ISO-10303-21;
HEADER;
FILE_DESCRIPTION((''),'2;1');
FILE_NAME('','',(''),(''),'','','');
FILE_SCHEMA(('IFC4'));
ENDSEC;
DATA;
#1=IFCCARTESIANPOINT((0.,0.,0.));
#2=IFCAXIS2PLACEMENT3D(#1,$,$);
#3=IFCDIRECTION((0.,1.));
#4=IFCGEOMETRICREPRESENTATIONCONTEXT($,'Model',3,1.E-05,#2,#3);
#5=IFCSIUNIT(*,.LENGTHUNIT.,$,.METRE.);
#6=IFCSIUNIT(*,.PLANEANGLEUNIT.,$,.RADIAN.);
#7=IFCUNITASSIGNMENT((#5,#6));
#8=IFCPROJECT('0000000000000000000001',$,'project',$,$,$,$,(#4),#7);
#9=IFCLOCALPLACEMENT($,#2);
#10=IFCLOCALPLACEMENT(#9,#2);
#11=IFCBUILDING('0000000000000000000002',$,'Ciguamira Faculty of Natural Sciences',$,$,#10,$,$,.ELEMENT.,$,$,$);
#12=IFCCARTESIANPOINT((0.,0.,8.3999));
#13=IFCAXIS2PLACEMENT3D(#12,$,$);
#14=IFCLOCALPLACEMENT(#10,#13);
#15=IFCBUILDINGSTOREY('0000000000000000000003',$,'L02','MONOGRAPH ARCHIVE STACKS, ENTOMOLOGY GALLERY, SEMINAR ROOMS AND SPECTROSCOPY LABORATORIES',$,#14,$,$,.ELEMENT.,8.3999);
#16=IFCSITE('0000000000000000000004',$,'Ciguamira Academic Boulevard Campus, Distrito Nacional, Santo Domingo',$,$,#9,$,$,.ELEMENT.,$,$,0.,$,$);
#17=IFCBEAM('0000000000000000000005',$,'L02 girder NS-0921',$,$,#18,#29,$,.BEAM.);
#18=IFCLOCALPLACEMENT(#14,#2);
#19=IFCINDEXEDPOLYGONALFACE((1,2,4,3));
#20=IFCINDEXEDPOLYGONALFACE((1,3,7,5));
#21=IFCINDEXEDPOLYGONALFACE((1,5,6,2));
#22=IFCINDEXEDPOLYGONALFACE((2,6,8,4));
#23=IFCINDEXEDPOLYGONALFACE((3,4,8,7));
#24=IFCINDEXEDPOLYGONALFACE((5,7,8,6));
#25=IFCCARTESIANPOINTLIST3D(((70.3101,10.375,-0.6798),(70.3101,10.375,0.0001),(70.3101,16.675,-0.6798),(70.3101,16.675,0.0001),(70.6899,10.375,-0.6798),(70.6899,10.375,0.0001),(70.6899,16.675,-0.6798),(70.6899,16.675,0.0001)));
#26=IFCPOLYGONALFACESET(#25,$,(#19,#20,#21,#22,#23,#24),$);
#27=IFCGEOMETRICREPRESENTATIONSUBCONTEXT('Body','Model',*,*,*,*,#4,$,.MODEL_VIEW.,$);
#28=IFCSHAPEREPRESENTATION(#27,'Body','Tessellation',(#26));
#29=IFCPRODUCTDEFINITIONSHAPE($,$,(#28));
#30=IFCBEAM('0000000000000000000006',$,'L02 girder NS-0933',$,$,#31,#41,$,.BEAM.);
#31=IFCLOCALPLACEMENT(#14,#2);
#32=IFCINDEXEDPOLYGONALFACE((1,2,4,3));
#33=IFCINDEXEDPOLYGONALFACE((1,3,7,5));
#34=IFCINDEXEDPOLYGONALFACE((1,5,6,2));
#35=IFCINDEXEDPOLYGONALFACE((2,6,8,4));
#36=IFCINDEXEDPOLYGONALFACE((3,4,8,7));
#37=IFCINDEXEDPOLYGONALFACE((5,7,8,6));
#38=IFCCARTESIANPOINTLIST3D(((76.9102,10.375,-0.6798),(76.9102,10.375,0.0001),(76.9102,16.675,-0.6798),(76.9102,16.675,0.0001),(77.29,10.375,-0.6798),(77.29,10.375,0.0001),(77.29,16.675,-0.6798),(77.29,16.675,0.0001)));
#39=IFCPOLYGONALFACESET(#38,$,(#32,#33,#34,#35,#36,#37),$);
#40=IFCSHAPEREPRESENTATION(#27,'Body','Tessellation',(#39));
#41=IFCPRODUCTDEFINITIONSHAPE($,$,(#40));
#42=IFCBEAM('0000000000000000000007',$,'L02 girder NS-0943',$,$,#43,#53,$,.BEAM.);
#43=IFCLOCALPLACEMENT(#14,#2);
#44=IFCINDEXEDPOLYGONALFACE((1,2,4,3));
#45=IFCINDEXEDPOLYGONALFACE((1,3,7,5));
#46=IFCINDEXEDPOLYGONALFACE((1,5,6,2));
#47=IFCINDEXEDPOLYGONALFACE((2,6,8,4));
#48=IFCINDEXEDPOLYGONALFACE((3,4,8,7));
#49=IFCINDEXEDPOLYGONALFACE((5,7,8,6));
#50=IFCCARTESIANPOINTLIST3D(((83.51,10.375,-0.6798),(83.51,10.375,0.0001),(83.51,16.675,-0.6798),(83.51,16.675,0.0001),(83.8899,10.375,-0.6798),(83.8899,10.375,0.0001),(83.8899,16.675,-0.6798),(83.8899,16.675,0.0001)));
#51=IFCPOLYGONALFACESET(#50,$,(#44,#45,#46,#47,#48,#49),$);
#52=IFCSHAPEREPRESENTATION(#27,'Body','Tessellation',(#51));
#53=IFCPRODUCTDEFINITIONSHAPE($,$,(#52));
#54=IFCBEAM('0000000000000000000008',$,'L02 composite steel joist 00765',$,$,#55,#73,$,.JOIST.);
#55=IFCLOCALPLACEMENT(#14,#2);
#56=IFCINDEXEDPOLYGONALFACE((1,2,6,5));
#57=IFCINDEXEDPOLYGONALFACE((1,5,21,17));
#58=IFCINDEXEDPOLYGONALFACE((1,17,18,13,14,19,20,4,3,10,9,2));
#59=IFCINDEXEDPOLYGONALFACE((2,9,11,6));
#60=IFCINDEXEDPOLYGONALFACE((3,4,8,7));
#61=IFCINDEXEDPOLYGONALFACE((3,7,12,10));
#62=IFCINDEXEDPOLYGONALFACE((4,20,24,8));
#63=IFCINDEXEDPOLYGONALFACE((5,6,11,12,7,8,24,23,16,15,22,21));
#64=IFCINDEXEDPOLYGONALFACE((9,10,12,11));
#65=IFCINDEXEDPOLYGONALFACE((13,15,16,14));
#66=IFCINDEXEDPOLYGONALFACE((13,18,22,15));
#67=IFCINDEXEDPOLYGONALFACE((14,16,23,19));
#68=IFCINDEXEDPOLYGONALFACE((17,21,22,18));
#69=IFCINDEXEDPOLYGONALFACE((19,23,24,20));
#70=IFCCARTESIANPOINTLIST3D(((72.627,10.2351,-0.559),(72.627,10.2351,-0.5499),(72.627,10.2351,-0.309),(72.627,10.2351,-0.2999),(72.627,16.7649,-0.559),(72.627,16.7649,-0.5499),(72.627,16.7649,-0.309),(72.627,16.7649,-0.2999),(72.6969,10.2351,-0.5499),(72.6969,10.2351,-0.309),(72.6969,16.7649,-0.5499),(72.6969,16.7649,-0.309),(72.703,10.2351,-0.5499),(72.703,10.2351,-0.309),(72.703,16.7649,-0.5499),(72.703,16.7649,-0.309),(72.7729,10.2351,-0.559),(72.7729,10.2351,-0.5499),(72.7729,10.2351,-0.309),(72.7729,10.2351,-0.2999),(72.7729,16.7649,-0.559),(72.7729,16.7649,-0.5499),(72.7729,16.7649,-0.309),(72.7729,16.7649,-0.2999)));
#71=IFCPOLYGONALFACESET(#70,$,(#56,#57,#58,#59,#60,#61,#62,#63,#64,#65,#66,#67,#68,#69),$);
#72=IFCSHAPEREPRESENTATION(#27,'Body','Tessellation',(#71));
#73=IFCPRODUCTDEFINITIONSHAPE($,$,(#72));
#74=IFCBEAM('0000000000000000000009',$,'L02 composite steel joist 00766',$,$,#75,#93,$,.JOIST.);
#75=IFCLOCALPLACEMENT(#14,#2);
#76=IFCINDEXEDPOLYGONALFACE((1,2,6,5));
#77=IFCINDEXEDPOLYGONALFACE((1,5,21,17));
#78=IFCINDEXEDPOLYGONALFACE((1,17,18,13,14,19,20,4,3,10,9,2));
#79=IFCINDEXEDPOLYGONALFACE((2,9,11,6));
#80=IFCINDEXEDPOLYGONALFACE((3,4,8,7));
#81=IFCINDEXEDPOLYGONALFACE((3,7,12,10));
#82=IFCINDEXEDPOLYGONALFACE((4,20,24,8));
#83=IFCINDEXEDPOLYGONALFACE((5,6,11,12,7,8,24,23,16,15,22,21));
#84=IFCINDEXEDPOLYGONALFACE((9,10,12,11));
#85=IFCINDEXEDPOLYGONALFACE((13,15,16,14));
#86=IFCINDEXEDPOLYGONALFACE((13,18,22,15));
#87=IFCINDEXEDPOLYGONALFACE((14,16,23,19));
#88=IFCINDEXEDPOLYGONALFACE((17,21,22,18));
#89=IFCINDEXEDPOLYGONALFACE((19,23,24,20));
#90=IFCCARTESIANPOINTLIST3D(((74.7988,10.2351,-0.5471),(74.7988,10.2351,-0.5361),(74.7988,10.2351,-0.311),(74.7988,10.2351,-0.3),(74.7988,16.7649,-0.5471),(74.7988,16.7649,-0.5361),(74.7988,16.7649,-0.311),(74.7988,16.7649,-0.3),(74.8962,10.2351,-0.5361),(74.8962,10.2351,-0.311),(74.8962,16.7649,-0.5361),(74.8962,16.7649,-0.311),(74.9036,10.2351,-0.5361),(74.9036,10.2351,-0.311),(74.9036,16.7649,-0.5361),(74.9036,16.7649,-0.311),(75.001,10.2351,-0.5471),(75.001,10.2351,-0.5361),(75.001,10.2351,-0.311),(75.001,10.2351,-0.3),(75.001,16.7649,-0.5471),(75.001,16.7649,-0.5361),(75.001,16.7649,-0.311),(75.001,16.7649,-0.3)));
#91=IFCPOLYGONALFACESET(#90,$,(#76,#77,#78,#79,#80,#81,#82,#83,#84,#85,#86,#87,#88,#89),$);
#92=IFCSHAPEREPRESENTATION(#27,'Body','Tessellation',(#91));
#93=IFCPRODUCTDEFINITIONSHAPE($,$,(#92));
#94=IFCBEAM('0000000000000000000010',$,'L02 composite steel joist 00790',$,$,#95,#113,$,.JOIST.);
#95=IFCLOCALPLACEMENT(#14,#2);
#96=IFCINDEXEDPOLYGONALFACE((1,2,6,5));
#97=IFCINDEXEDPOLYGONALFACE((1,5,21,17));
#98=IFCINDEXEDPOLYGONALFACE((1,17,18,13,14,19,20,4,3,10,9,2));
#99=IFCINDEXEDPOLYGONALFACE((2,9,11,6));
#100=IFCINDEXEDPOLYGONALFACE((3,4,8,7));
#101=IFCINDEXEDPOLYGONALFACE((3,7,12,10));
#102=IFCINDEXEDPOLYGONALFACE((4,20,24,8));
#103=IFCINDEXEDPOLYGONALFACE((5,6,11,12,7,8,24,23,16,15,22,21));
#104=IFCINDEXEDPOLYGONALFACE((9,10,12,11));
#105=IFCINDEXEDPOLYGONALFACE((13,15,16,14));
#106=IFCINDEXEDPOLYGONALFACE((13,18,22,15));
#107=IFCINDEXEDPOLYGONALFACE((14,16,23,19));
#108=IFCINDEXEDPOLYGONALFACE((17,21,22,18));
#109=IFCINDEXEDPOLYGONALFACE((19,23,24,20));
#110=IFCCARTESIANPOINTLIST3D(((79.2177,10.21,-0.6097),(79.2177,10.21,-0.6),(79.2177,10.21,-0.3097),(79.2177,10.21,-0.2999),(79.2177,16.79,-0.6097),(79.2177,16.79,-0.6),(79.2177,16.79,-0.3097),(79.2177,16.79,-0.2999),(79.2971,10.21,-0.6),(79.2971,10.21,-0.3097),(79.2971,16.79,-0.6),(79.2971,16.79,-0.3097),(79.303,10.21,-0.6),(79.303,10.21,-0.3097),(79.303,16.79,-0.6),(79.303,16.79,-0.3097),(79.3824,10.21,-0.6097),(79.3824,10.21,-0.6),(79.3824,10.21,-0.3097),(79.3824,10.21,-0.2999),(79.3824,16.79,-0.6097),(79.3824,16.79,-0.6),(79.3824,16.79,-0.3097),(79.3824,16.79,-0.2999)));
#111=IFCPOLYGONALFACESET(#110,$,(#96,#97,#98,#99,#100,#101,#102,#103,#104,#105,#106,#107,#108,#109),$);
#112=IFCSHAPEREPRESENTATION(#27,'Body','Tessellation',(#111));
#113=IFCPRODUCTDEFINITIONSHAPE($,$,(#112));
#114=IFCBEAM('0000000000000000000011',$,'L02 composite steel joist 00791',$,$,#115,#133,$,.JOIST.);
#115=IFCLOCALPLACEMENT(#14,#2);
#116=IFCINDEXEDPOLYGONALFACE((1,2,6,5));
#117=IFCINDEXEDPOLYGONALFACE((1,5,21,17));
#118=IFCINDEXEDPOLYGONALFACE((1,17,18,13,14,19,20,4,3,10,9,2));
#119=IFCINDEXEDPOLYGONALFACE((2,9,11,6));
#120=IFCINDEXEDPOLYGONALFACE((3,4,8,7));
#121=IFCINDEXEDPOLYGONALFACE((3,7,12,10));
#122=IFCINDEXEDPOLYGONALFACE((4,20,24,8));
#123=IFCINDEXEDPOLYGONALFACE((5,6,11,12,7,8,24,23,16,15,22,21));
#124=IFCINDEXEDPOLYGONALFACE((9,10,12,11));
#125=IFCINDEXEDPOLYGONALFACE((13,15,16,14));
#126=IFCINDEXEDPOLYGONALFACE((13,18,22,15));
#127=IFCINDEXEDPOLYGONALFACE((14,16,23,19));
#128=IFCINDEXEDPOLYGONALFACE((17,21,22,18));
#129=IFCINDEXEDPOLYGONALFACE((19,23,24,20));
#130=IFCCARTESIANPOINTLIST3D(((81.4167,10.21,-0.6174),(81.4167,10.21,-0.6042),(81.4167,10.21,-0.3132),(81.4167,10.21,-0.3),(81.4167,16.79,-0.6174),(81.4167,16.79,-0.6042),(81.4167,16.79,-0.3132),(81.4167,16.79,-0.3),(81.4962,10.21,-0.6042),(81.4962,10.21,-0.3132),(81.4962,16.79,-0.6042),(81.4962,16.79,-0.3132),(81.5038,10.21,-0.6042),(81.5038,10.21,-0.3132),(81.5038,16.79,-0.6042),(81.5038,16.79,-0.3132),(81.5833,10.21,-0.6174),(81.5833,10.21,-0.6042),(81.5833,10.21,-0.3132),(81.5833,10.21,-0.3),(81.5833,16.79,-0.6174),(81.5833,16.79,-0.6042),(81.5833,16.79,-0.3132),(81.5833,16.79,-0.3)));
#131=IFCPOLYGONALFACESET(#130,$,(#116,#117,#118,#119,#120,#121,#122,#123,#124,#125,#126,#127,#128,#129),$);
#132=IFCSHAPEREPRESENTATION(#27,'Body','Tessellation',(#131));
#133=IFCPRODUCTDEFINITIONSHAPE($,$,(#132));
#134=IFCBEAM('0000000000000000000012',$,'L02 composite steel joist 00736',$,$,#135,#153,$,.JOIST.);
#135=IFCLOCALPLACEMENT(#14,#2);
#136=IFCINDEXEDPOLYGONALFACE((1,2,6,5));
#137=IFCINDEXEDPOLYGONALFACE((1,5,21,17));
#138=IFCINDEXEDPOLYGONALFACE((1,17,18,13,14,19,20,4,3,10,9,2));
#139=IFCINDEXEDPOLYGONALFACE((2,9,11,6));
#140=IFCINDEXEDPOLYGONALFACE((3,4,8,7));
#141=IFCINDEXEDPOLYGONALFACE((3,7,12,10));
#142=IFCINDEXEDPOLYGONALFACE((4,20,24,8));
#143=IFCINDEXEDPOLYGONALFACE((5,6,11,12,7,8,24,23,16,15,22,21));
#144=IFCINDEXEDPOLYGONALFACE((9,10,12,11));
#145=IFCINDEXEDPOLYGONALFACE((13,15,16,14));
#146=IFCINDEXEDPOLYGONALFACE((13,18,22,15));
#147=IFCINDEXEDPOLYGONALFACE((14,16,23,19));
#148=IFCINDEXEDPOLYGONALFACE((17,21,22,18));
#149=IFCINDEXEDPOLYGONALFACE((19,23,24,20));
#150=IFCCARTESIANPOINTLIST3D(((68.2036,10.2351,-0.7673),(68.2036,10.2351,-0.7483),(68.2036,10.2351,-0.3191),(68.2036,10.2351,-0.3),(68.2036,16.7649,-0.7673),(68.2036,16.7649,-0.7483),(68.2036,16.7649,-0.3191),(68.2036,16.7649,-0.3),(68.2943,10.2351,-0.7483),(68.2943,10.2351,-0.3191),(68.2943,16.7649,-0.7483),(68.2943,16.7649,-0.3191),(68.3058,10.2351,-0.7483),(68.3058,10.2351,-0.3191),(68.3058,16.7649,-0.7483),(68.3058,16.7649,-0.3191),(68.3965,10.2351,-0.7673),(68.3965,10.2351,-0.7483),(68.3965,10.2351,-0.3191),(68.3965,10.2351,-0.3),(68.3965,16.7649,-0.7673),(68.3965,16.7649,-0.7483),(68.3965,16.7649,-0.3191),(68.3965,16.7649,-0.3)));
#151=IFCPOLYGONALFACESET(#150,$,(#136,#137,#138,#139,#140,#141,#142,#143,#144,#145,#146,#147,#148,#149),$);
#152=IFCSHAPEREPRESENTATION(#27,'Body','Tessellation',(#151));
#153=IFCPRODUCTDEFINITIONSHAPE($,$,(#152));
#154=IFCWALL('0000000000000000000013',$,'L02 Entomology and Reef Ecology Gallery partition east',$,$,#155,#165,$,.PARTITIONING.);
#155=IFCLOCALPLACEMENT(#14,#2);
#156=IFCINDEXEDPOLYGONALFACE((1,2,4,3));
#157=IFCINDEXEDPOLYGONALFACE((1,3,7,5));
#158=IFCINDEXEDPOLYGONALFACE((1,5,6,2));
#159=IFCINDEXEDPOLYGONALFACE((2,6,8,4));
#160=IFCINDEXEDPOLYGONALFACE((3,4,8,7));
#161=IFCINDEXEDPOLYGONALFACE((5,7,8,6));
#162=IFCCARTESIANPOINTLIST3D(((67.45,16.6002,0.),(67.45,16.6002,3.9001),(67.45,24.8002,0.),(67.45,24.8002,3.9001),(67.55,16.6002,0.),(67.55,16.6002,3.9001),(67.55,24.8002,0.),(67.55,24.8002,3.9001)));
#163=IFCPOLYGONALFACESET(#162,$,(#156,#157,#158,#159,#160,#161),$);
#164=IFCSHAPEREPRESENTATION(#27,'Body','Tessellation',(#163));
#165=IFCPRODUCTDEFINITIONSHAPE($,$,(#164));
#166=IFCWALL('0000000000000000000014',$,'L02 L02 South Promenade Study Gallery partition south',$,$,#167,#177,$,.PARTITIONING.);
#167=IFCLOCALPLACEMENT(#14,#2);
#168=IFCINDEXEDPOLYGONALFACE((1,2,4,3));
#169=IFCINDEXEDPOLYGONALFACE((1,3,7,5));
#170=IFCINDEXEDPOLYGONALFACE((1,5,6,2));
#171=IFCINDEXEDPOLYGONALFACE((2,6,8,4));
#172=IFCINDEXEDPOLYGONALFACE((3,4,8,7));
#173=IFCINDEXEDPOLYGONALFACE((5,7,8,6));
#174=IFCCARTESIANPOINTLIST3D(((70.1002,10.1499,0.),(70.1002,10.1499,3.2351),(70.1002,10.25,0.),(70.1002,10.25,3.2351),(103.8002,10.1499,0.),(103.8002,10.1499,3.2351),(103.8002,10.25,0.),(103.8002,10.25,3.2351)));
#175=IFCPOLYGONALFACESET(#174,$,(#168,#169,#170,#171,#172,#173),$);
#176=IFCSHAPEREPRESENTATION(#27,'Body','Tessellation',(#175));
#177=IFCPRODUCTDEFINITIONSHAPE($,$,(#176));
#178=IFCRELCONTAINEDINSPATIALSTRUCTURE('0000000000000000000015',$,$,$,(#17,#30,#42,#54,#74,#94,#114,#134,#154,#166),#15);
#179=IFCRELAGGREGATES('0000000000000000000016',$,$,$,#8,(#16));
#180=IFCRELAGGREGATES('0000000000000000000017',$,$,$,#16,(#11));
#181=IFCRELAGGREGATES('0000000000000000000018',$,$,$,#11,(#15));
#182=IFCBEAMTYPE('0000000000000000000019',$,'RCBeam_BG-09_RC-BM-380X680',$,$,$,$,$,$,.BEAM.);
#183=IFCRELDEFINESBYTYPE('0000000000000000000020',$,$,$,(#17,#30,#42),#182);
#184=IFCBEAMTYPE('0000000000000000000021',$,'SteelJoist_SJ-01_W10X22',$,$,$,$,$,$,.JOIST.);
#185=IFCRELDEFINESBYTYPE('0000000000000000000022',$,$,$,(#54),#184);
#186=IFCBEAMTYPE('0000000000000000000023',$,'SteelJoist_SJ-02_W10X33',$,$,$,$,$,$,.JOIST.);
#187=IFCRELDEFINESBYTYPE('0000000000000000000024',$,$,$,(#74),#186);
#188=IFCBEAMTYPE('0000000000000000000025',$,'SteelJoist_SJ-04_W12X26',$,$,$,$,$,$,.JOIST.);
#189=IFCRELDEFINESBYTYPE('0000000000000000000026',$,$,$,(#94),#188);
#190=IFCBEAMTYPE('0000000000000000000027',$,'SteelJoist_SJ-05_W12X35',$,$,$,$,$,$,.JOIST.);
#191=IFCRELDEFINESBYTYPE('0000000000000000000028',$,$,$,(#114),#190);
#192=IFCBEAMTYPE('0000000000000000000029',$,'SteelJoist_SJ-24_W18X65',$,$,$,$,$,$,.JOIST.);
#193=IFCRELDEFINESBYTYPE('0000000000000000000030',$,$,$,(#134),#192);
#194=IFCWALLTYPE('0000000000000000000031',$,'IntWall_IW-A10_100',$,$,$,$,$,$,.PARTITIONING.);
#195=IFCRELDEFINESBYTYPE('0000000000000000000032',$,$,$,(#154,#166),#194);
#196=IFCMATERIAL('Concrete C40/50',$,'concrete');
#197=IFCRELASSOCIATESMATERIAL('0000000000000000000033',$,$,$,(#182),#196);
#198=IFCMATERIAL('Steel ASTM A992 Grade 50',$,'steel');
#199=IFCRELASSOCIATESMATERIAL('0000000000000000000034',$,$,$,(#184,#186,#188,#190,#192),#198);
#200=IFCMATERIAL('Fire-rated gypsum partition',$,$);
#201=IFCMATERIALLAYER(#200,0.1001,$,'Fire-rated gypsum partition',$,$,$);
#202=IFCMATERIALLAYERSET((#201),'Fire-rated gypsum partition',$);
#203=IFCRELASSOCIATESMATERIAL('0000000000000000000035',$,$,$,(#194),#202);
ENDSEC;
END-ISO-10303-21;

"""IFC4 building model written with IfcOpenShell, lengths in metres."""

from ifc_helpers import new_model, si_unit, direction, frame, frame_2d, origin, origin_2d, place, context, subcontext, project, spatial, rectangle, i_section, extrude, material, layer, layer_set, material_profile, profile_set, type_object, element, save


model = new_model("IFC4")

# Units and contexts
model_context = context("Model", 3, precision=1e-05, world=origin(), true_north=direction((0.0, 1.0)))
body_context = subcontext(model_context, "Body", "Model", "MODEL_VIEW")
ifc_project = project(units=[si_unit("LENGTHUNIT", "METRE"), si_unit("PLANEANGLEUNIT", "RADIAN")], contexts=[model_context])

# Site, building, storey
site_placement = place(None, origin())
site = spatial("IfcSite", under=ifc_project, at=site_placement, Name="Ciguamira Academic Boulevard Campus, Distrito Nacional, Santo Domingo", CompositionType="ELEMENT", RefElevation=0.0)
building_placement = place(site_placement, origin())
building = spatial("IfcBuilding", under=site, at=building_placement, Name="Ciguamira Faculty of Natural Sciences", CompositionType="ELEMENT")
storey_placement = place(building_placement, frame((0.0, 0.0, 8.3999)))
storey = spatial("IfcBuildingStorey", under=building, at=storey_placement, Name="L02", Description="MONOGRAPH ARCHIVE STACKS, ENTOMOLOGY GALLERY, SEMINAR ROOMS AND SPECTROSCOPY LABORATORIES", CompositionType="ELEMENT", Elevation=8.3999)

# Shared definitions
ifc_material_1 = material(Name="Concrete C40/50", Category="concrete")

# Beams
ifc_material_profile_1 = material_profile(ifc_material_1, rectangle(XDim=0.3799, YDim=0.6799, at=origin_2d()), Name="RC-BM-380X680")
ifc_profile_set_1 = profile_set([ifc_material_profile_1], Name="Concrete C40/50")
beam_type_1 = type_object("IfcBeamType", Name="RCBeam_BG-09_RC-BM-380X680", PredefinedType="BEAM", material=ifc_profile_set_1)
for number, where, z_axis, x_axis, name in (
    (1, (70.5, 10.375, -0.3398), (0.0, 1.0, 0.0), (-1.0, 0.0, 0.0), "L02 girder NS-0921"),
    (2, (77.1001, 10.375, -0.3398), (0.0, 1.0, 0.0), (-1.0, 0.0, 0.0), "L02 girder NS-0933"),
    (3, (83.7, 10.375, -0.3398), (0.0, 1.0, 0.0), (-1.0, 0.0, 0.0), "L02 girder NS-0943"),
):
    element("IfcBeam", number, at=place(storey_placement, frame(where, z_axis=z_axis, x_axis=x_axis)), inside=storey, type_object=beam_type_1, Name=name, PredefinedType="BEAM", context=body_context, shape_type="SweptSolid", body=[
        extrude(rectangle(XDim=0.3799, YDim=0.6799, at=origin_2d()), origin(), (0.0, 0.0, 1.0), 6.3),
    ])
ifc_material_2 = material(Name="Steel ASTM A992 Grade 50", Category="steel")
ifc_material_profile_2 = material_profile(ifc_material_2, i_section(OverallWidth=0.146, OverallDepth=0.259, WebThickness=0.0061, FlangeThickness=0.009, at=origin_2d()), Name="W10X22")
ifc_profile_set_2 = profile_set([ifc_material_profile_2], Name="Steel ASTM A992 Grade 50")
beam_type_2 = type_object("IfcBeamType", Name="SteelJoist_SJ-01_W10X22", PredefinedType="JOIST", material=ifc_profile_set_2)
beam_1_placement = place(storey_placement, frame((72.7, 10.2351, -0.4294), z_axis=(0.0, 1.0, 0.0), x_axis=(-1.0, 0.0, 0.0)))
element("IfcBeam", 4, at=beam_1_placement, inside=storey, type_object=beam_type_2, Name="L02 composite steel joist 00765", PredefinedType="JOIST", context=body_context, shape_type="SweptSolid", body=[
    extrude(i_section(OverallWidth=0.146, OverallDepth=0.259, WebThickness=0.0061, FlangeThickness=0.009, at=origin_2d()), origin(), (0.0, 0.0, 1.0), 6.5298),
])
ifc_material_profile_3 = material_profile(ifc_material_2, i_section(OverallWidth=0.2021, OverallDepth=0.2471, WebThickness=0.0073, FlangeThickness=0.011, at=origin_2d()), Name="W10X33")
ifc_profile_set_3 = profile_set([ifc_material_profile_3], Name="Steel ASTM A992 Grade 50")
beam_type_3 = type_object("IfcBeamType", Name="SteelJoist_SJ-02_W10X33", PredefinedType="JOIST", material=ifc_profile_set_3)
beam_2_placement = place(storey_placement, frame((74.8999, 10.2351, -0.4236), z_axis=(0.0, 1.0, 0.0), x_axis=(-1.0, 0.0, 0.0)))
element("IfcBeam", 5, at=beam_2_placement, inside=storey, type_object=beam_type_3, Name="L02 composite steel joist 00766", PredefinedType="JOIST", context=body_context, shape_type="SweptSolid", body=[
    extrude(i_section(OverallWidth=0.2021, OverallDepth=0.2471, WebThickness=0.0073, FlangeThickness=0.011, at=origin_2d()), origin(), (0.0, 0.0, 1.0), 6.5298),
])
ifc_material_profile_4 = material_profile(ifc_material_2, i_section(OverallWidth=0.1648, OverallDepth=0.3098, WebThickness=0.0059, FlangeThickness=0.0098, at=origin_2d()), Name="W12X26")
ifc_profile_set_4 = profile_set([ifc_material_profile_4], Name="Steel ASTM A992 Grade 50")
beam_type_4 = type_object("IfcBeamType", Name="SteelJoist_SJ-04_W12X26", PredefinedType="JOIST", material=ifc_profile_set_4)
beam_3_placement = place(storey_placement, frame((79.3, 10.21, -0.4548), z_axis=(0.0, 1.0, 0.0), x_axis=(-1.0, 0.0, 0.0)))
element("IfcBeam", 6, at=beam_3_placement, inside=storey, type_object=beam_type_4, Name="L02 composite steel joist 00790", PredefinedType="JOIST", context=body_context, shape_type="SweptSolid", body=[
    extrude(i_section(OverallWidth=0.1648, OverallDepth=0.3098, WebThickness=0.0059, FlangeThickness=0.0098, at=origin_2d()), origin(), (0.0, 0.0, 1.0), 6.5801),
])
ifc_material_profile_5 = material_profile(ifc_material_2, i_section(OverallWidth=0.1665, OverallDepth=0.3174, WebThickness=0.0076, FlangeThickness=0.0132, at=origin_2d()), Name="W12X35")
ifc_profile_set_5 = profile_set([ifc_material_profile_5], Name="Steel ASTM A992 Grade 50")
beam_type_5 = type_object("IfcBeamType", Name="SteelJoist_SJ-05_W12X35", PredefinedType="JOIST", material=ifc_profile_set_5)
beam_4_placement = place(storey_placement, frame((81.5, 10.21, -0.4587), z_axis=(0.0, 1.0, 0.0), x_axis=(-1.0, 0.0, 0.0)))
element("IfcBeam", 7, at=beam_4_placement, inside=storey, type_object=beam_type_5, Name="L02 composite steel joist 00791", PredefinedType="JOIST", context=body_context, shape_type="SweptSolid", body=[
    extrude(i_section(OverallWidth=0.1665, OverallDepth=0.3174, WebThickness=0.0076, FlangeThickness=0.0132, at=origin_2d()), origin(), (0.0, 0.0, 1.0), 6.5801),
])
ifc_material_profile_6 = material_profile(ifc_material_2, i_section(OverallWidth=0.1929, OverallDepth=0.4673, WebThickness=0.0115, FlangeThickness=0.019, at=origin_2d()), Name="W18X65")
ifc_profile_set_6 = profile_set([ifc_material_profile_6], Name="Steel ASTM A992 Grade 50")
beam_type_6 = type_object("IfcBeamType", Name="SteelJoist_SJ-24_W18X65", PredefinedType="JOIST", material=ifc_profile_set_6)
beam_5_placement = place(storey_placement, frame((68.3, 10.2351, -0.5337), z_axis=(0.0, 1.0, 0.0), x_axis=(-1.0, 0.0, 0.0)))
element("IfcBeam", 8, at=beam_5_placement, inside=storey, type_object=beam_type_6, Name="L02 composite steel joist 00736", PredefinedType="JOIST", context=body_context, shape_type="SweptSolid", body=[
    extrude(i_section(OverallWidth=0.1929, OverallDepth=0.4673, WebThickness=0.0115, FlangeThickness=0.019, at=origin_2d()), origin(), (0.0, 0.0, 1.0), 6.5298),
])

# Walls
ifc_material_3 = material(Name="Fire-rated gypsum partition")
ifc_layer = layer(ifc_material_3, 0.1001, Name="Fire-rated gypsum partition")
ifc_layer_set = layer_set([ifc_layer], Name="Fire-rated gypsum partition")
wall_type = type_object("IfcWallType", Name="IntWall_IW-A10_100", PredefinedType="PARTITIONING", material=ifc_layer_set)
wall_1_placement = place(storey_placement, frame((67.5, 16.6001, 0.0), z_axis=(0.0, 0.0, 1.0), x_axis=(0.0, 1.0, 0.0)))
element("IfcWall", 9, at=wall_1_placement, inside=storey, type_object=wall_type, Name="L02 Entomology and Reef Ecology Gallery partition east", PredefinedType="PARTITIONING", context=body_context, shape_type="SweptSolid", body=[
    extrude(rectangle(XDim=8.2, YDim=0.1001, at=frame_2d((4.1001, 0.0))), origin(), (0.0, 0.0, 1.0), 3.9001),
])
wall_2_placement = place(storey_placement, frame((70.1001, 10.2, 0.0), z_axis=(0.0, 0.0, 1.0), x_axis=(1.0, 0.0, 0.0)))
element("IfcWall", 10, at=wall_2_placement, inside=storey, type_object=wall_type, Name="L02 L02 South Promenade Study Gallery partition south", PredefinedType="PARTITIONING", context=body_context, shape_type="SweptSolid", body=[
    extrude(rectangle(XDim=33.7, YDim=0.1001, at=frame_2d((16.8501, 0.0))), origin(), (0.0, 0.0, 1.0), 3.2351),
])

save(model, "model.ifc")
